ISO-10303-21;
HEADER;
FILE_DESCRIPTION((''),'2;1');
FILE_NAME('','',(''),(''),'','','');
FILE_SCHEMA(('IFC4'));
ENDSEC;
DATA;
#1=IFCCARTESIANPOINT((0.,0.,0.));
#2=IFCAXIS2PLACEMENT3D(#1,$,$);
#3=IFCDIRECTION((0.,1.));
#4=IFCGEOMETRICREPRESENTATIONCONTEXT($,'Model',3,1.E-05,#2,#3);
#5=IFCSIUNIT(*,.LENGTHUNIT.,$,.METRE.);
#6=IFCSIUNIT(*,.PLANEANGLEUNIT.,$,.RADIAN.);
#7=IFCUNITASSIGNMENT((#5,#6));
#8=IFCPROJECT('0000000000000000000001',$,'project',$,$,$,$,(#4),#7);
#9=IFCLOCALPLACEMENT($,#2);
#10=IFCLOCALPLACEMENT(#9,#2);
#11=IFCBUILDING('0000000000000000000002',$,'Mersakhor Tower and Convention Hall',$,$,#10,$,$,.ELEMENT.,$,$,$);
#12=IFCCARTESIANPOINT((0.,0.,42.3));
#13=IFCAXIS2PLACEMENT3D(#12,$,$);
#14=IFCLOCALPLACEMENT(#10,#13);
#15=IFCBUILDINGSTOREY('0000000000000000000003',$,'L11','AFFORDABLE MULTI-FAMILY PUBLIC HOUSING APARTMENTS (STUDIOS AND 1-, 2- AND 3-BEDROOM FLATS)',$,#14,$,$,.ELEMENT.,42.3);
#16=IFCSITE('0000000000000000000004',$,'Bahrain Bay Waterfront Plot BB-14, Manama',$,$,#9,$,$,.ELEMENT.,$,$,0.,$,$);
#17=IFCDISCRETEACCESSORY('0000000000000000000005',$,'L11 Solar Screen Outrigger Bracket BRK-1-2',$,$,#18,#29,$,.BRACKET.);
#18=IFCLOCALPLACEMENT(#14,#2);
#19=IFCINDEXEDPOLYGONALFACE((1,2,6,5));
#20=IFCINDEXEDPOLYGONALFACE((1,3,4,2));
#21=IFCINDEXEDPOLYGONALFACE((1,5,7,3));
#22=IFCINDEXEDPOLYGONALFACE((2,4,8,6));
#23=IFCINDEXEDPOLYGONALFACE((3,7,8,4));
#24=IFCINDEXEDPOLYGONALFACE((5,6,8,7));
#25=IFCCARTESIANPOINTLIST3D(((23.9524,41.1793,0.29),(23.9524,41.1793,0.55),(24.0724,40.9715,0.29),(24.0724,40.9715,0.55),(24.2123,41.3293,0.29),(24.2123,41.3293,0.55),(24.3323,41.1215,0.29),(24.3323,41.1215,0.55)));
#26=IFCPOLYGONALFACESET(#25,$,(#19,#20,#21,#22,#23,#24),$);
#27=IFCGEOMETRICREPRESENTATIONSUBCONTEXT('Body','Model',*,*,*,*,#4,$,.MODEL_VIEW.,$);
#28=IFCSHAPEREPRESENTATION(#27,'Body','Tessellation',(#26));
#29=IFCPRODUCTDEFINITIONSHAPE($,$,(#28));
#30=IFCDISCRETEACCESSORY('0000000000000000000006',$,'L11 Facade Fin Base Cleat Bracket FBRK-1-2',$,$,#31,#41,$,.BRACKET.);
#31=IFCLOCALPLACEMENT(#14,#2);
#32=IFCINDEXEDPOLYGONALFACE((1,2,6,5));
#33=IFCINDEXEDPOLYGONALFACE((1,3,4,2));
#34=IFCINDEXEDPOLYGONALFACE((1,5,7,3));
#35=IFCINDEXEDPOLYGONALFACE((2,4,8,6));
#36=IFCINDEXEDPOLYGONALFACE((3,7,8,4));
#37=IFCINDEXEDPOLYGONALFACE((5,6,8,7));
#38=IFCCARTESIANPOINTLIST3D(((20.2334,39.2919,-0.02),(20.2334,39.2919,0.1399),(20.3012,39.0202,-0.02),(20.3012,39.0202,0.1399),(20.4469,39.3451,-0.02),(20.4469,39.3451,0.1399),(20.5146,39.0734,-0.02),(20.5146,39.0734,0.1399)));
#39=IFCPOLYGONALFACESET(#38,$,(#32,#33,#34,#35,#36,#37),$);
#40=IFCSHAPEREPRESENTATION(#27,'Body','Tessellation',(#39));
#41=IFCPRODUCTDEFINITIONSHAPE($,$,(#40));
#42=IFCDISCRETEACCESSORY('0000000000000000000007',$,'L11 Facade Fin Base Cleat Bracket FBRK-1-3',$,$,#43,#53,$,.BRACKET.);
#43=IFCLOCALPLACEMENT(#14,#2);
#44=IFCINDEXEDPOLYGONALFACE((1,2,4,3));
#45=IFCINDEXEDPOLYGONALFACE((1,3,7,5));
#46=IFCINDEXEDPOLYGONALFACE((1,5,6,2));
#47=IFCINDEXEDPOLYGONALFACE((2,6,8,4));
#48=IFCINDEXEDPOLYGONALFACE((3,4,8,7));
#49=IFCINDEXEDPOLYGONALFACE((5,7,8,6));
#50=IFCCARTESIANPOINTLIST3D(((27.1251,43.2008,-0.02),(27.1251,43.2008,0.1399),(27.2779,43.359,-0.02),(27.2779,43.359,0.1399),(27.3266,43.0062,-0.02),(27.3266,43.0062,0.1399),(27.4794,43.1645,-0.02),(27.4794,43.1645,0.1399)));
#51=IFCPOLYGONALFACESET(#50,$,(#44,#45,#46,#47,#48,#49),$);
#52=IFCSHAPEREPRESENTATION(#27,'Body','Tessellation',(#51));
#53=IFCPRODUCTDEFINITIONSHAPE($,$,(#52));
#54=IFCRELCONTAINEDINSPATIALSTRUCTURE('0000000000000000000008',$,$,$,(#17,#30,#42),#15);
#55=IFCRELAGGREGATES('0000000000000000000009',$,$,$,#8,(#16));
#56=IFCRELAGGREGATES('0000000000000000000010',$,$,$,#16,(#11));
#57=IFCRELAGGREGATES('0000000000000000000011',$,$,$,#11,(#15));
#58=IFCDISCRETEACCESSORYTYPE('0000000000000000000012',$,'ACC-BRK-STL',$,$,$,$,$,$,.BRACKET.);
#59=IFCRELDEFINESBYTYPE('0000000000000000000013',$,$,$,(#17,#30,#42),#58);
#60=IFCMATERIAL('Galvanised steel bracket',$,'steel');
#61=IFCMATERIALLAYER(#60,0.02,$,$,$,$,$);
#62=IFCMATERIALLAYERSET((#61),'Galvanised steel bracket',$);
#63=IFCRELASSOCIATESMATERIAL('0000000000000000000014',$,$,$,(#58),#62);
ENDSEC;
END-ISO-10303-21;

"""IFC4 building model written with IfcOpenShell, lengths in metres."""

from ifc_helpers import new_model, si_unit, direction, frame, origin, origin_2d, place, context, subcontext, project, spatial, rectangle, extrude, material, layer, layer_set, type_object, element, save


model = new_model("IFC4")

# Units and contexts
model_context = context("Model", 3, precision=1e-05, world=origin(), true_north=direction((0.0, 1.0)))
body_context = subcontext(model_context, "Body", "Model", "MODEL_VIEW")
ifc_project = project(units=[si_unit("LENGTHUNIT", "METRE"), si_unit("PLANEANGLEUNIT", "RADIAN")], contexts=[model_context])

# Site, building, storey
site_placement = place(None, origin())
site = spatial("IfcSite", under=ifc_project, at=site_placement, Name="Bahrain Bay Waterfront Plot BB-14, Manama", CompositionType="ELEMENT", RefElevation=0.0)
building_placement = place(site_placement, origin())
building = spatial("IfcBuilding", under=site, at=building_placement, Name="Mersakhor Tower and Convention Hall", CompositionType="ELEMENT")
storey_placement = place(building_placement, frame((0.0, 0.0, 42.3)))
storey = spatial("IfcBuildingStorey", under=building, at=storey_placement, Name="L11", Description="AFFORDABLE MULTI-FAMILY PUBLIC HOUSING APARTMENTS (STUDIOS AND 1-, 2- AND 3-BEDROOM FLATS)", CompositionType="ELEMENT", Elevation=42.3)

# Discrete accessories
ifc_material_1 = material(Name="Galvanised steel bracket", Category="steel")
ifc_layer_1 = layer(ifc_material_1, 0.02)
ifc_layer_set_1 = layer_set([ifc_layer_1], Name="Galvanised steel bracket")
discrete_accessory_type = type_object("IfcDiscreteAccessoryType", Name="ACC-BRK-STL", PredefinedType="BRACKET", material=ifc_layer_set_1)
discrete_accessory_placement = place(storey_placement, frame((24.1423, 41.1504, 0.29), z_axis=(0.0, 0.0, 1.0), x_axis=(0.866025, 0.5, 0.0)))
element("IfcDiscreteAccessory", 1, at=discrete_accessory_placement, inside=storey, type_object=discrete_accessory_type, Name="L11 Solar Screen Outrigger Bracket BRK-1-2", PredefinedType="BRACKET", context=body_context, shape_type="SweptSolid", body=[
    extrude(rectangle(XDim=0.3, YDim=0.24, at=origin_2d()), origin(), (0.0, 0.0, 1.0), 0.26),
])
for number, where, z_axis, x_axis, name in (
    (2, (20.374, 39.1826, -0.02), (0.0, 0.0, 1.0), (-0.241922, 0.970296, 0.0), "L11 Facade Fin Base Cleat Bracket FBRK-1-2"),
    (3, (27.3022, 43.1826, -0.02), (0.0, 0.0, 1.0), (-0.71934, 0.694658, 0.0), "L11 Facade Fin Base Cleat Bracket FBRK-1-3"),
):
    element("IfcDiscreteAccessory", number, at=place(storey_placement, frame(where, z_axis=z_axis, x_axis=x_axis)), inside=storey, type_object=discrete_accessory_type, Name=name, PredefinedType="BRACKET", context=body_context, shape_type="SweptSolid", body=[
        extrude(rectangle(XDim=0.28, YDim=0.22, at=origin_2d()), origin(), (0.0, 0.0, 1.0), 0.1599),
    ])

save(model, "model.ifc")
